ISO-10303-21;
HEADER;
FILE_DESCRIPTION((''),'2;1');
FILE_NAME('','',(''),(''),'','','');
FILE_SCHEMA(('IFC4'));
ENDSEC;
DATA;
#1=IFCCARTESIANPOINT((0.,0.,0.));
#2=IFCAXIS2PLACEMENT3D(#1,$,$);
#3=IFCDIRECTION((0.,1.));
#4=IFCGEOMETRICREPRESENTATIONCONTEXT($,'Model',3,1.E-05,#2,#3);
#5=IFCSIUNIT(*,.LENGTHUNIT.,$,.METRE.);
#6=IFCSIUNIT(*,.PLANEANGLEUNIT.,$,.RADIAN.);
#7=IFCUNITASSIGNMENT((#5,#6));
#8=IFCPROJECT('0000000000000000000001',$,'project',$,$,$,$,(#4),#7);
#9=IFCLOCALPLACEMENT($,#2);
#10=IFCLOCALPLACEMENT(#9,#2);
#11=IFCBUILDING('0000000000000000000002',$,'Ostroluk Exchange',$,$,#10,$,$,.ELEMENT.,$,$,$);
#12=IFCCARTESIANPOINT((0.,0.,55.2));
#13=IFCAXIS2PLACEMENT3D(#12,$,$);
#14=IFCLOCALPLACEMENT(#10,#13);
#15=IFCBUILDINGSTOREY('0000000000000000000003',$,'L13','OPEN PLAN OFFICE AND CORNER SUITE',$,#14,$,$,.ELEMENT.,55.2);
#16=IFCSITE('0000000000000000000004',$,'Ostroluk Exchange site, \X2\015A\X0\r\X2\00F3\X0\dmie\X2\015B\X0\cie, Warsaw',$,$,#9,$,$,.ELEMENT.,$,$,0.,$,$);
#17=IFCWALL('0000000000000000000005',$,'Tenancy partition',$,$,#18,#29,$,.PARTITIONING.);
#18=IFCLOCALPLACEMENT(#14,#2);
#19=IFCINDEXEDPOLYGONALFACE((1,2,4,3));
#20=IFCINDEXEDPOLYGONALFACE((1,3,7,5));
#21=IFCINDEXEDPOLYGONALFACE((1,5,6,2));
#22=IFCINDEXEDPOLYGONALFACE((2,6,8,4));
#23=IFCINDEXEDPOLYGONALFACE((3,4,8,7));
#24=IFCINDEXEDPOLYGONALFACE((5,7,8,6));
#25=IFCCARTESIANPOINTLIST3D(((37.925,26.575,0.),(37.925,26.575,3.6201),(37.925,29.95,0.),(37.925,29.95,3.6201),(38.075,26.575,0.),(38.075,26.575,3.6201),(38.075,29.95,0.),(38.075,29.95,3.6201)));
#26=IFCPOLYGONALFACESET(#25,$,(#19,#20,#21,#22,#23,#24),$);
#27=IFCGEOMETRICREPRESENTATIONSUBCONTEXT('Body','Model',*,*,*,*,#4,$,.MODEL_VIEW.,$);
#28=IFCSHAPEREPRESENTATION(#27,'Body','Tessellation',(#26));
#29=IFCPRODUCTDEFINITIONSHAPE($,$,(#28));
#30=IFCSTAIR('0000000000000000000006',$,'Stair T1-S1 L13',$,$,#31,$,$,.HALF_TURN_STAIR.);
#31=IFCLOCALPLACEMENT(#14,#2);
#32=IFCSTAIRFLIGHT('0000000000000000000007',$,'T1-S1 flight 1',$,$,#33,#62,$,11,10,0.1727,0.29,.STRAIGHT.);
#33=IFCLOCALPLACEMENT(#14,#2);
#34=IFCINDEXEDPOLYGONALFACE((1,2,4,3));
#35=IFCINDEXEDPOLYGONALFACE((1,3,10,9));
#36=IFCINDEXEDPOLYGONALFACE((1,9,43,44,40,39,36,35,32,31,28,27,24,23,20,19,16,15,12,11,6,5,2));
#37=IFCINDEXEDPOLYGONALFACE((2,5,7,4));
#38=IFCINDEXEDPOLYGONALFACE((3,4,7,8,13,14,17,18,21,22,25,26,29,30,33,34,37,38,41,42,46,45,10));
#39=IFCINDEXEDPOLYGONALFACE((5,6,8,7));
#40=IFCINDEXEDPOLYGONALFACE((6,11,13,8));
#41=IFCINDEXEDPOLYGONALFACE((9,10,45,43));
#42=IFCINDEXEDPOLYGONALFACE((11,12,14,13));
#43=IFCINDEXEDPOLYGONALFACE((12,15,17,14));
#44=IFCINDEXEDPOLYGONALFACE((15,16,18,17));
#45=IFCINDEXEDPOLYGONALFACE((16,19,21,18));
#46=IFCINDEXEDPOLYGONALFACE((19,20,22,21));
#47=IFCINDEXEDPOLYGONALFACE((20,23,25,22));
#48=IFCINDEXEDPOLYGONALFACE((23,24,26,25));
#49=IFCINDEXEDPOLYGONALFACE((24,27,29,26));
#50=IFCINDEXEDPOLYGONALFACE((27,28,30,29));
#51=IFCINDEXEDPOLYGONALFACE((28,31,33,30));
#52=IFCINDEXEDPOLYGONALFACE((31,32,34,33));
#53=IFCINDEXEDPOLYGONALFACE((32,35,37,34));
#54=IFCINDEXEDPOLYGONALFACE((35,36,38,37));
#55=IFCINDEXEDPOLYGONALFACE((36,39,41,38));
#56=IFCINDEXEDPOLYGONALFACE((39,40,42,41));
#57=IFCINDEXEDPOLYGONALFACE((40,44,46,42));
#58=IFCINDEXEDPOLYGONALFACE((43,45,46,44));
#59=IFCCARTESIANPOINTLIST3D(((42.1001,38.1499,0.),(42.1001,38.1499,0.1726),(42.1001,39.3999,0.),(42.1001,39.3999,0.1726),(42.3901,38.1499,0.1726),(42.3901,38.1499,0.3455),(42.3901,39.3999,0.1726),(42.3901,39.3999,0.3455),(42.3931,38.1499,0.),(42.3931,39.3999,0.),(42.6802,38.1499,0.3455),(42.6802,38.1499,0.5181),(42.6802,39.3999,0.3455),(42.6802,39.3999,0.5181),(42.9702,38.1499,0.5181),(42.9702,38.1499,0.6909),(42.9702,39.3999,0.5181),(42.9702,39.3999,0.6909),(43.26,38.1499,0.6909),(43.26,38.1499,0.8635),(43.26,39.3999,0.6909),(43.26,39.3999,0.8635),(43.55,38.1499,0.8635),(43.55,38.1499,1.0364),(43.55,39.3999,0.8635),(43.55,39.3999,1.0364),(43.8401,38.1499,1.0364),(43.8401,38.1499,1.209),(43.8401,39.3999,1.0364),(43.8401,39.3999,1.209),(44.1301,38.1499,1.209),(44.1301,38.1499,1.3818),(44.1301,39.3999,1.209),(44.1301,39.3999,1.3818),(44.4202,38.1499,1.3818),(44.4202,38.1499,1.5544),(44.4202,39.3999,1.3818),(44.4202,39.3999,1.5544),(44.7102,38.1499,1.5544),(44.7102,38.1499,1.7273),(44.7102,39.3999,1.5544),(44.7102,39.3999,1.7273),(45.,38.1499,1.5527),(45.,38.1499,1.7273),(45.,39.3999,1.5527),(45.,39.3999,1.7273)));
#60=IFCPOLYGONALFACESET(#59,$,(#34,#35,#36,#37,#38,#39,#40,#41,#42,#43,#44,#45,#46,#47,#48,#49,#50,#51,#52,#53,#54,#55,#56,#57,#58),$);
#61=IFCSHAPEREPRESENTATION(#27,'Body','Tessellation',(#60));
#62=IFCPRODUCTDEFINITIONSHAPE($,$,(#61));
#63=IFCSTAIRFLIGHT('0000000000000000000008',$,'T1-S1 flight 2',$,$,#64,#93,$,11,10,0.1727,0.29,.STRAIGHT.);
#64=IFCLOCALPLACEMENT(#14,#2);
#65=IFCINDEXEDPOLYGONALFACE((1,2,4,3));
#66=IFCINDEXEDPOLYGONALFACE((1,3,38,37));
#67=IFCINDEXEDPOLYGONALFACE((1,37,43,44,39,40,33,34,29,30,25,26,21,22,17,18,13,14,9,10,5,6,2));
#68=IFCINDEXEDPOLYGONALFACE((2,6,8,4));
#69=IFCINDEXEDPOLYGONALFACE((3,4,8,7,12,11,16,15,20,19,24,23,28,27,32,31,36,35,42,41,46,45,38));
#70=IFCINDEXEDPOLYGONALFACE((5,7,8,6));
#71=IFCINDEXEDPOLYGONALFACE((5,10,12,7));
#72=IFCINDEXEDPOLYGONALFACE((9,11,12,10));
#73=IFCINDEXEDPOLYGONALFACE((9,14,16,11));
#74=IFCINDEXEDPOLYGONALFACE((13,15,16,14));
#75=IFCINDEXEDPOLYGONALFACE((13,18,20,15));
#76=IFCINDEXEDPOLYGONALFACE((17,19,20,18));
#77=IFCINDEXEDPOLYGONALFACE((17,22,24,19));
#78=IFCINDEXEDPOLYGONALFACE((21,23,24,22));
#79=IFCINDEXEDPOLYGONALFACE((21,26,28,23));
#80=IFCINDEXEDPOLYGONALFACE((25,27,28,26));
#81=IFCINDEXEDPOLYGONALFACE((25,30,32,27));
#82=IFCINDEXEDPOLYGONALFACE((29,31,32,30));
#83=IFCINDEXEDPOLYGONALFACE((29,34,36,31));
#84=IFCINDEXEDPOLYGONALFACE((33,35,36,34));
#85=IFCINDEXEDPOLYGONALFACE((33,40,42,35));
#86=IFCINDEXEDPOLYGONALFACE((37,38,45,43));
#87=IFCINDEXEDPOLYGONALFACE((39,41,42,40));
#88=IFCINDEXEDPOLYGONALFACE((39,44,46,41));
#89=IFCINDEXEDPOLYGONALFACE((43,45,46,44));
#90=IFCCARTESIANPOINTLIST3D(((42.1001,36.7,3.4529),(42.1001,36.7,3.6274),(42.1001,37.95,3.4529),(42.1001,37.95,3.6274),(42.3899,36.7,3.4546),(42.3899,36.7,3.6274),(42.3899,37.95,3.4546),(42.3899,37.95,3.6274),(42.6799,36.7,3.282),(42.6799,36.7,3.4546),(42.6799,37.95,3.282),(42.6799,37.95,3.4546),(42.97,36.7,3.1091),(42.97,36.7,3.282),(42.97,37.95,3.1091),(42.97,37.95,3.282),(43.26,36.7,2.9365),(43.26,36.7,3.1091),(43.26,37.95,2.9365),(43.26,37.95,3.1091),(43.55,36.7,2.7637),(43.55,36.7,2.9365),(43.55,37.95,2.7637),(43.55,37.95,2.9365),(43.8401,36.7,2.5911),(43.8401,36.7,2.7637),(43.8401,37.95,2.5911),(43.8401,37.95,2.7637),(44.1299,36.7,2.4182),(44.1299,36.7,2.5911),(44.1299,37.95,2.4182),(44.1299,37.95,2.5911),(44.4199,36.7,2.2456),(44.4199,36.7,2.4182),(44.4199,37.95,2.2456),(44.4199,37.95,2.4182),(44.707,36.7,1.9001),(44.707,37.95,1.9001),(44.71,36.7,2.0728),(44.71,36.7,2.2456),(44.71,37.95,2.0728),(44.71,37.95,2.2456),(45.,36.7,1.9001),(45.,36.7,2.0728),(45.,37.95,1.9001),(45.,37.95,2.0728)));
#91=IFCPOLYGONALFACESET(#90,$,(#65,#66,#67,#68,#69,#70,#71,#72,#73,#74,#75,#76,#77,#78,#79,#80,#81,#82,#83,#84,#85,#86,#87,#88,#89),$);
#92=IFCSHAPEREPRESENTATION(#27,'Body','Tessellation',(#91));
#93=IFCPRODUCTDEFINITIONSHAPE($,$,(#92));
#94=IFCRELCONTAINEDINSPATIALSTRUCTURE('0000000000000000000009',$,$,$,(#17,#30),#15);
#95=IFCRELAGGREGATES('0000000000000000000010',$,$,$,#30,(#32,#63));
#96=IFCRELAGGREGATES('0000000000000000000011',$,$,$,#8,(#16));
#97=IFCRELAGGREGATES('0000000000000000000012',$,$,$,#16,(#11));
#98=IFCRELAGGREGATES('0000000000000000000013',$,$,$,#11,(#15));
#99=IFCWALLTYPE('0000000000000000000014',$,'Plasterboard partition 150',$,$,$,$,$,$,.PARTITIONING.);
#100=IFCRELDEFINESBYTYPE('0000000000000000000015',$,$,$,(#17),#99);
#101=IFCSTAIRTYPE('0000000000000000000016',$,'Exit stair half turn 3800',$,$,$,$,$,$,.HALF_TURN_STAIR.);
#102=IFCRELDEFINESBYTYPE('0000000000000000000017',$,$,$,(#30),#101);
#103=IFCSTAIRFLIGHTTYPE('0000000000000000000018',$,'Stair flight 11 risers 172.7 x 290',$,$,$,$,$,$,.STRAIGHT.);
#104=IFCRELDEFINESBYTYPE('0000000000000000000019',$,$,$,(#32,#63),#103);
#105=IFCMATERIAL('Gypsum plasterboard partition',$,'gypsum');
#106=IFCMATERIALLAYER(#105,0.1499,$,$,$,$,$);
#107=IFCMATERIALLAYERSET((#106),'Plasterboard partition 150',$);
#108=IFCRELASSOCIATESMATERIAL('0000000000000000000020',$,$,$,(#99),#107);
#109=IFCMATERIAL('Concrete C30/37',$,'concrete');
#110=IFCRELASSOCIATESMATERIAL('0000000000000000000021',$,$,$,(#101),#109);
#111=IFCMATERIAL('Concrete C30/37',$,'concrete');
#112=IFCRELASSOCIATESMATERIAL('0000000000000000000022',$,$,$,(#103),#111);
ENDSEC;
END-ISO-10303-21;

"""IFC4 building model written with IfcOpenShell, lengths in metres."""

from ifc_helpers import new_model, si_unit, direction, frame, frame_2d, origin, place, context, subcontext, project, spatial, polyline, rectangle, outline, extrude, material, layer, layer_set, type_object, element, aggregate, save


model = new_model("IFC4")

# Units and contexts
model_context = context("Model", 3, precision=1e-05, world=origin(), true_north=direction((0.0, 1.0)))
body_context = subcontext(model_context, "Body", "Model", "MODEL_VIEW")
ifc_project = project(units=[si_unit("LENGTHUNIT", "METRE"), si_unit("PLANEANGLEUNIT", "RADIAN")], contexts=[model_context])

# Site, building, storey
site_placement = place(None, origin())
site = spatial("IfcSite", under=ifc_project, at=site_placement, Name="Ostroluk Exchange site, Śródmieście, Warsaw", CompositionType="ELEMENT", RefElevation=0.0)
building_placement = place(site_placement, origin())
building = spatial("IfcBuilding", under=site, at=building_placement, Name="Ostroluk Exchange", CompositionType="ELEMENT")
storey_placement = place(building_placement, frame((0.0, 0.0, 55.2)))
storey = spatial("IfcBuildingStorey", under=building, at=storey_placement, Name="L13", Description="OPEN PLAN OFFICE AND CORNER SUITE", CompositionType="ELEMENT", Elevation=55.2)

# Wall
ifc_material_1 = material(Name="Gypsum plasterboard partition", Category="gypsum")
ifc_layer_1 = layer(ifc_material_1, 0.1499)
ifc_layer_set_1 = layer_set([ifc_layer_1], Name="Plasterboard partition 150")
wall_type_1 = type_object("IfcWallType", Name="Plasterboard partition 150", PredefinedType="PARTITIONING", material=ifc_layer_set_1)
wall_1_placement = place(storey_placement, frame((38.0, 29.95, 0.0), z_axis=(0.0, 0.0, 1.0), x_axis=(0.0, -1.0, 0.0)))
element("IfcWall", 1, at=wall_1_placement, inside=storey, type_object=wall_type_1, Name="Tenancy partition", PredefinedType="PARTITIONING", context=body_context, shape_type="SweptSolid", body=[
    extrude(rectangle(XDim=3.375, YDim=0.1499, at=frame_2d((1.6875, 0.0))), origin(), (0.0, 0.0, 1.0), 3.6201),
])

# Stair, stair flights
ifc_material_2 = material(Name="Concrete C30/37", Category="concrete")
stair_type = type_object("IfcStairType", Name="Exit stair half turn 3800", PredefinedType="HALF_TURN_STAIR", material=ifc_material_2)
stair_placement = place(storey_placement, origin())
stair = element("IfcStair", 2, at=stair_placement, inside=storey, type_object=stair_type, Name="Stair T1-S1 L13", PredefinedType="HALF_TURN_STAIR")
ifc_material_3 = material(Name="Concrete C30/37", Category="concrete")
stair_flight_type = type_object("IfcStairFlightType", Name="Stair flight 11 risers 172.7 x 290", PredefinedType="STRAIGHT", material=ifc_material_3)
stair_flight_1_placement = place(storey_placement, frame((42.1001, 38.7749, 0.0), z_axis=(0.0, 0.0, 1.0), x_axis=(1.0, 0.0, 0.0)))
stair_flight_1 = element("IfcStairFlight", 3, at=stair_flight_1_placement, type_object=stair_flight_type, Name="T1-S1 flight 1", NumberOfRisers=11, NumberOfTreads=10, PredefinedType="STRAIGHT", RiserHeight=0.1727, TreadLength=0.29, context=body_context, shape_type="SweptSolid", body=[
    extrude(outline(polyline([(0.0, 0.0), (0.0, 0.1726), (0.29, 0.1726), (0.29, 0.3455), (0.5801, 0.3455), (0.5801, 0.5181), (0.8701, 0.5181), (0.8701, 0.6909), (1.1599, 0.6909), (1.1599, 0.8635), (1.45, 0.8635), (1.45, 1.0364), (1.74, 1.0364), (1.74, 1.209), (2.03, 1.209), (2.03, 1.3818), (2.3201, 1.3818), (2.3201, 1.5544), (2.6101, 1.5544), (2.6101, 1.7273), (2.8999, 1.7273), (2.8999, 1.8999), (2.8999, 1.5527), (0.293, 0.0), (0.0, 0.0)])), frame((0.0, 0.625, 0.0), z_axis=(0.0, -1.0, 0.0), x_axis=(1.0, 0.0, 0.0)), (0.0, 0.0, 1.0), 1.25),
])
stair_flight_2_placement = place(storey_placement, frame((45.0, 37.325, 1.9001), z_axis=(0.0, 0.0, 1.0), x_axis=(-1.0, 0.0, 0.0)))
stair_flight_2 = element("IfcStairFlight", 4, at=stair_flight_2_placement, type_object=stair_flight_type, Name="T1-S1 flight 2", NumberOfRisers=11, NumberOfTreads=10, PredefinedType="STRAIGHT", RiserHeight=0.1727, TreadLength=0.29, context=body_context, shape_type="SweptSolid", body=[
    extrude(outline(polyline([(0.0, 0.0), (0.0, 0.1726), (0.29, 0.1726), (0.29, 0.3455), (0.5801, 0.3455), (0.5801, 0.5181), (0.8701, 0.5181), (0.8701, 0.6909), (1.1599, 0.6909), (1.1599, 0.8635), (1.45, 0.8635), (1.45, 1.0364), (1.74, 1.0364), (1.74, 1.209), (2.03, 1.209), (2.03, 1.3818), (2.3201, 1.3818), (2.3201, 1.5544), (2.6101, 1.5544), (2.6101, 1.7273), (2.8999, 1.7273), (2.8999, 1.8999), (2.8999, 1.5527), (0.293, 0.0), (0.0, 0.0)])), frame((0.0, 0.625, 0.0), z_axis=(0.0, -1.0, 0.0), x_axis=(1.0, 0.0, 0.0)), (0.0, 0.0, 1.0), 1.25),
])
aggregate(stair, [stair_flight_1, stair_flight_2])

save(model, "model.ifc")
